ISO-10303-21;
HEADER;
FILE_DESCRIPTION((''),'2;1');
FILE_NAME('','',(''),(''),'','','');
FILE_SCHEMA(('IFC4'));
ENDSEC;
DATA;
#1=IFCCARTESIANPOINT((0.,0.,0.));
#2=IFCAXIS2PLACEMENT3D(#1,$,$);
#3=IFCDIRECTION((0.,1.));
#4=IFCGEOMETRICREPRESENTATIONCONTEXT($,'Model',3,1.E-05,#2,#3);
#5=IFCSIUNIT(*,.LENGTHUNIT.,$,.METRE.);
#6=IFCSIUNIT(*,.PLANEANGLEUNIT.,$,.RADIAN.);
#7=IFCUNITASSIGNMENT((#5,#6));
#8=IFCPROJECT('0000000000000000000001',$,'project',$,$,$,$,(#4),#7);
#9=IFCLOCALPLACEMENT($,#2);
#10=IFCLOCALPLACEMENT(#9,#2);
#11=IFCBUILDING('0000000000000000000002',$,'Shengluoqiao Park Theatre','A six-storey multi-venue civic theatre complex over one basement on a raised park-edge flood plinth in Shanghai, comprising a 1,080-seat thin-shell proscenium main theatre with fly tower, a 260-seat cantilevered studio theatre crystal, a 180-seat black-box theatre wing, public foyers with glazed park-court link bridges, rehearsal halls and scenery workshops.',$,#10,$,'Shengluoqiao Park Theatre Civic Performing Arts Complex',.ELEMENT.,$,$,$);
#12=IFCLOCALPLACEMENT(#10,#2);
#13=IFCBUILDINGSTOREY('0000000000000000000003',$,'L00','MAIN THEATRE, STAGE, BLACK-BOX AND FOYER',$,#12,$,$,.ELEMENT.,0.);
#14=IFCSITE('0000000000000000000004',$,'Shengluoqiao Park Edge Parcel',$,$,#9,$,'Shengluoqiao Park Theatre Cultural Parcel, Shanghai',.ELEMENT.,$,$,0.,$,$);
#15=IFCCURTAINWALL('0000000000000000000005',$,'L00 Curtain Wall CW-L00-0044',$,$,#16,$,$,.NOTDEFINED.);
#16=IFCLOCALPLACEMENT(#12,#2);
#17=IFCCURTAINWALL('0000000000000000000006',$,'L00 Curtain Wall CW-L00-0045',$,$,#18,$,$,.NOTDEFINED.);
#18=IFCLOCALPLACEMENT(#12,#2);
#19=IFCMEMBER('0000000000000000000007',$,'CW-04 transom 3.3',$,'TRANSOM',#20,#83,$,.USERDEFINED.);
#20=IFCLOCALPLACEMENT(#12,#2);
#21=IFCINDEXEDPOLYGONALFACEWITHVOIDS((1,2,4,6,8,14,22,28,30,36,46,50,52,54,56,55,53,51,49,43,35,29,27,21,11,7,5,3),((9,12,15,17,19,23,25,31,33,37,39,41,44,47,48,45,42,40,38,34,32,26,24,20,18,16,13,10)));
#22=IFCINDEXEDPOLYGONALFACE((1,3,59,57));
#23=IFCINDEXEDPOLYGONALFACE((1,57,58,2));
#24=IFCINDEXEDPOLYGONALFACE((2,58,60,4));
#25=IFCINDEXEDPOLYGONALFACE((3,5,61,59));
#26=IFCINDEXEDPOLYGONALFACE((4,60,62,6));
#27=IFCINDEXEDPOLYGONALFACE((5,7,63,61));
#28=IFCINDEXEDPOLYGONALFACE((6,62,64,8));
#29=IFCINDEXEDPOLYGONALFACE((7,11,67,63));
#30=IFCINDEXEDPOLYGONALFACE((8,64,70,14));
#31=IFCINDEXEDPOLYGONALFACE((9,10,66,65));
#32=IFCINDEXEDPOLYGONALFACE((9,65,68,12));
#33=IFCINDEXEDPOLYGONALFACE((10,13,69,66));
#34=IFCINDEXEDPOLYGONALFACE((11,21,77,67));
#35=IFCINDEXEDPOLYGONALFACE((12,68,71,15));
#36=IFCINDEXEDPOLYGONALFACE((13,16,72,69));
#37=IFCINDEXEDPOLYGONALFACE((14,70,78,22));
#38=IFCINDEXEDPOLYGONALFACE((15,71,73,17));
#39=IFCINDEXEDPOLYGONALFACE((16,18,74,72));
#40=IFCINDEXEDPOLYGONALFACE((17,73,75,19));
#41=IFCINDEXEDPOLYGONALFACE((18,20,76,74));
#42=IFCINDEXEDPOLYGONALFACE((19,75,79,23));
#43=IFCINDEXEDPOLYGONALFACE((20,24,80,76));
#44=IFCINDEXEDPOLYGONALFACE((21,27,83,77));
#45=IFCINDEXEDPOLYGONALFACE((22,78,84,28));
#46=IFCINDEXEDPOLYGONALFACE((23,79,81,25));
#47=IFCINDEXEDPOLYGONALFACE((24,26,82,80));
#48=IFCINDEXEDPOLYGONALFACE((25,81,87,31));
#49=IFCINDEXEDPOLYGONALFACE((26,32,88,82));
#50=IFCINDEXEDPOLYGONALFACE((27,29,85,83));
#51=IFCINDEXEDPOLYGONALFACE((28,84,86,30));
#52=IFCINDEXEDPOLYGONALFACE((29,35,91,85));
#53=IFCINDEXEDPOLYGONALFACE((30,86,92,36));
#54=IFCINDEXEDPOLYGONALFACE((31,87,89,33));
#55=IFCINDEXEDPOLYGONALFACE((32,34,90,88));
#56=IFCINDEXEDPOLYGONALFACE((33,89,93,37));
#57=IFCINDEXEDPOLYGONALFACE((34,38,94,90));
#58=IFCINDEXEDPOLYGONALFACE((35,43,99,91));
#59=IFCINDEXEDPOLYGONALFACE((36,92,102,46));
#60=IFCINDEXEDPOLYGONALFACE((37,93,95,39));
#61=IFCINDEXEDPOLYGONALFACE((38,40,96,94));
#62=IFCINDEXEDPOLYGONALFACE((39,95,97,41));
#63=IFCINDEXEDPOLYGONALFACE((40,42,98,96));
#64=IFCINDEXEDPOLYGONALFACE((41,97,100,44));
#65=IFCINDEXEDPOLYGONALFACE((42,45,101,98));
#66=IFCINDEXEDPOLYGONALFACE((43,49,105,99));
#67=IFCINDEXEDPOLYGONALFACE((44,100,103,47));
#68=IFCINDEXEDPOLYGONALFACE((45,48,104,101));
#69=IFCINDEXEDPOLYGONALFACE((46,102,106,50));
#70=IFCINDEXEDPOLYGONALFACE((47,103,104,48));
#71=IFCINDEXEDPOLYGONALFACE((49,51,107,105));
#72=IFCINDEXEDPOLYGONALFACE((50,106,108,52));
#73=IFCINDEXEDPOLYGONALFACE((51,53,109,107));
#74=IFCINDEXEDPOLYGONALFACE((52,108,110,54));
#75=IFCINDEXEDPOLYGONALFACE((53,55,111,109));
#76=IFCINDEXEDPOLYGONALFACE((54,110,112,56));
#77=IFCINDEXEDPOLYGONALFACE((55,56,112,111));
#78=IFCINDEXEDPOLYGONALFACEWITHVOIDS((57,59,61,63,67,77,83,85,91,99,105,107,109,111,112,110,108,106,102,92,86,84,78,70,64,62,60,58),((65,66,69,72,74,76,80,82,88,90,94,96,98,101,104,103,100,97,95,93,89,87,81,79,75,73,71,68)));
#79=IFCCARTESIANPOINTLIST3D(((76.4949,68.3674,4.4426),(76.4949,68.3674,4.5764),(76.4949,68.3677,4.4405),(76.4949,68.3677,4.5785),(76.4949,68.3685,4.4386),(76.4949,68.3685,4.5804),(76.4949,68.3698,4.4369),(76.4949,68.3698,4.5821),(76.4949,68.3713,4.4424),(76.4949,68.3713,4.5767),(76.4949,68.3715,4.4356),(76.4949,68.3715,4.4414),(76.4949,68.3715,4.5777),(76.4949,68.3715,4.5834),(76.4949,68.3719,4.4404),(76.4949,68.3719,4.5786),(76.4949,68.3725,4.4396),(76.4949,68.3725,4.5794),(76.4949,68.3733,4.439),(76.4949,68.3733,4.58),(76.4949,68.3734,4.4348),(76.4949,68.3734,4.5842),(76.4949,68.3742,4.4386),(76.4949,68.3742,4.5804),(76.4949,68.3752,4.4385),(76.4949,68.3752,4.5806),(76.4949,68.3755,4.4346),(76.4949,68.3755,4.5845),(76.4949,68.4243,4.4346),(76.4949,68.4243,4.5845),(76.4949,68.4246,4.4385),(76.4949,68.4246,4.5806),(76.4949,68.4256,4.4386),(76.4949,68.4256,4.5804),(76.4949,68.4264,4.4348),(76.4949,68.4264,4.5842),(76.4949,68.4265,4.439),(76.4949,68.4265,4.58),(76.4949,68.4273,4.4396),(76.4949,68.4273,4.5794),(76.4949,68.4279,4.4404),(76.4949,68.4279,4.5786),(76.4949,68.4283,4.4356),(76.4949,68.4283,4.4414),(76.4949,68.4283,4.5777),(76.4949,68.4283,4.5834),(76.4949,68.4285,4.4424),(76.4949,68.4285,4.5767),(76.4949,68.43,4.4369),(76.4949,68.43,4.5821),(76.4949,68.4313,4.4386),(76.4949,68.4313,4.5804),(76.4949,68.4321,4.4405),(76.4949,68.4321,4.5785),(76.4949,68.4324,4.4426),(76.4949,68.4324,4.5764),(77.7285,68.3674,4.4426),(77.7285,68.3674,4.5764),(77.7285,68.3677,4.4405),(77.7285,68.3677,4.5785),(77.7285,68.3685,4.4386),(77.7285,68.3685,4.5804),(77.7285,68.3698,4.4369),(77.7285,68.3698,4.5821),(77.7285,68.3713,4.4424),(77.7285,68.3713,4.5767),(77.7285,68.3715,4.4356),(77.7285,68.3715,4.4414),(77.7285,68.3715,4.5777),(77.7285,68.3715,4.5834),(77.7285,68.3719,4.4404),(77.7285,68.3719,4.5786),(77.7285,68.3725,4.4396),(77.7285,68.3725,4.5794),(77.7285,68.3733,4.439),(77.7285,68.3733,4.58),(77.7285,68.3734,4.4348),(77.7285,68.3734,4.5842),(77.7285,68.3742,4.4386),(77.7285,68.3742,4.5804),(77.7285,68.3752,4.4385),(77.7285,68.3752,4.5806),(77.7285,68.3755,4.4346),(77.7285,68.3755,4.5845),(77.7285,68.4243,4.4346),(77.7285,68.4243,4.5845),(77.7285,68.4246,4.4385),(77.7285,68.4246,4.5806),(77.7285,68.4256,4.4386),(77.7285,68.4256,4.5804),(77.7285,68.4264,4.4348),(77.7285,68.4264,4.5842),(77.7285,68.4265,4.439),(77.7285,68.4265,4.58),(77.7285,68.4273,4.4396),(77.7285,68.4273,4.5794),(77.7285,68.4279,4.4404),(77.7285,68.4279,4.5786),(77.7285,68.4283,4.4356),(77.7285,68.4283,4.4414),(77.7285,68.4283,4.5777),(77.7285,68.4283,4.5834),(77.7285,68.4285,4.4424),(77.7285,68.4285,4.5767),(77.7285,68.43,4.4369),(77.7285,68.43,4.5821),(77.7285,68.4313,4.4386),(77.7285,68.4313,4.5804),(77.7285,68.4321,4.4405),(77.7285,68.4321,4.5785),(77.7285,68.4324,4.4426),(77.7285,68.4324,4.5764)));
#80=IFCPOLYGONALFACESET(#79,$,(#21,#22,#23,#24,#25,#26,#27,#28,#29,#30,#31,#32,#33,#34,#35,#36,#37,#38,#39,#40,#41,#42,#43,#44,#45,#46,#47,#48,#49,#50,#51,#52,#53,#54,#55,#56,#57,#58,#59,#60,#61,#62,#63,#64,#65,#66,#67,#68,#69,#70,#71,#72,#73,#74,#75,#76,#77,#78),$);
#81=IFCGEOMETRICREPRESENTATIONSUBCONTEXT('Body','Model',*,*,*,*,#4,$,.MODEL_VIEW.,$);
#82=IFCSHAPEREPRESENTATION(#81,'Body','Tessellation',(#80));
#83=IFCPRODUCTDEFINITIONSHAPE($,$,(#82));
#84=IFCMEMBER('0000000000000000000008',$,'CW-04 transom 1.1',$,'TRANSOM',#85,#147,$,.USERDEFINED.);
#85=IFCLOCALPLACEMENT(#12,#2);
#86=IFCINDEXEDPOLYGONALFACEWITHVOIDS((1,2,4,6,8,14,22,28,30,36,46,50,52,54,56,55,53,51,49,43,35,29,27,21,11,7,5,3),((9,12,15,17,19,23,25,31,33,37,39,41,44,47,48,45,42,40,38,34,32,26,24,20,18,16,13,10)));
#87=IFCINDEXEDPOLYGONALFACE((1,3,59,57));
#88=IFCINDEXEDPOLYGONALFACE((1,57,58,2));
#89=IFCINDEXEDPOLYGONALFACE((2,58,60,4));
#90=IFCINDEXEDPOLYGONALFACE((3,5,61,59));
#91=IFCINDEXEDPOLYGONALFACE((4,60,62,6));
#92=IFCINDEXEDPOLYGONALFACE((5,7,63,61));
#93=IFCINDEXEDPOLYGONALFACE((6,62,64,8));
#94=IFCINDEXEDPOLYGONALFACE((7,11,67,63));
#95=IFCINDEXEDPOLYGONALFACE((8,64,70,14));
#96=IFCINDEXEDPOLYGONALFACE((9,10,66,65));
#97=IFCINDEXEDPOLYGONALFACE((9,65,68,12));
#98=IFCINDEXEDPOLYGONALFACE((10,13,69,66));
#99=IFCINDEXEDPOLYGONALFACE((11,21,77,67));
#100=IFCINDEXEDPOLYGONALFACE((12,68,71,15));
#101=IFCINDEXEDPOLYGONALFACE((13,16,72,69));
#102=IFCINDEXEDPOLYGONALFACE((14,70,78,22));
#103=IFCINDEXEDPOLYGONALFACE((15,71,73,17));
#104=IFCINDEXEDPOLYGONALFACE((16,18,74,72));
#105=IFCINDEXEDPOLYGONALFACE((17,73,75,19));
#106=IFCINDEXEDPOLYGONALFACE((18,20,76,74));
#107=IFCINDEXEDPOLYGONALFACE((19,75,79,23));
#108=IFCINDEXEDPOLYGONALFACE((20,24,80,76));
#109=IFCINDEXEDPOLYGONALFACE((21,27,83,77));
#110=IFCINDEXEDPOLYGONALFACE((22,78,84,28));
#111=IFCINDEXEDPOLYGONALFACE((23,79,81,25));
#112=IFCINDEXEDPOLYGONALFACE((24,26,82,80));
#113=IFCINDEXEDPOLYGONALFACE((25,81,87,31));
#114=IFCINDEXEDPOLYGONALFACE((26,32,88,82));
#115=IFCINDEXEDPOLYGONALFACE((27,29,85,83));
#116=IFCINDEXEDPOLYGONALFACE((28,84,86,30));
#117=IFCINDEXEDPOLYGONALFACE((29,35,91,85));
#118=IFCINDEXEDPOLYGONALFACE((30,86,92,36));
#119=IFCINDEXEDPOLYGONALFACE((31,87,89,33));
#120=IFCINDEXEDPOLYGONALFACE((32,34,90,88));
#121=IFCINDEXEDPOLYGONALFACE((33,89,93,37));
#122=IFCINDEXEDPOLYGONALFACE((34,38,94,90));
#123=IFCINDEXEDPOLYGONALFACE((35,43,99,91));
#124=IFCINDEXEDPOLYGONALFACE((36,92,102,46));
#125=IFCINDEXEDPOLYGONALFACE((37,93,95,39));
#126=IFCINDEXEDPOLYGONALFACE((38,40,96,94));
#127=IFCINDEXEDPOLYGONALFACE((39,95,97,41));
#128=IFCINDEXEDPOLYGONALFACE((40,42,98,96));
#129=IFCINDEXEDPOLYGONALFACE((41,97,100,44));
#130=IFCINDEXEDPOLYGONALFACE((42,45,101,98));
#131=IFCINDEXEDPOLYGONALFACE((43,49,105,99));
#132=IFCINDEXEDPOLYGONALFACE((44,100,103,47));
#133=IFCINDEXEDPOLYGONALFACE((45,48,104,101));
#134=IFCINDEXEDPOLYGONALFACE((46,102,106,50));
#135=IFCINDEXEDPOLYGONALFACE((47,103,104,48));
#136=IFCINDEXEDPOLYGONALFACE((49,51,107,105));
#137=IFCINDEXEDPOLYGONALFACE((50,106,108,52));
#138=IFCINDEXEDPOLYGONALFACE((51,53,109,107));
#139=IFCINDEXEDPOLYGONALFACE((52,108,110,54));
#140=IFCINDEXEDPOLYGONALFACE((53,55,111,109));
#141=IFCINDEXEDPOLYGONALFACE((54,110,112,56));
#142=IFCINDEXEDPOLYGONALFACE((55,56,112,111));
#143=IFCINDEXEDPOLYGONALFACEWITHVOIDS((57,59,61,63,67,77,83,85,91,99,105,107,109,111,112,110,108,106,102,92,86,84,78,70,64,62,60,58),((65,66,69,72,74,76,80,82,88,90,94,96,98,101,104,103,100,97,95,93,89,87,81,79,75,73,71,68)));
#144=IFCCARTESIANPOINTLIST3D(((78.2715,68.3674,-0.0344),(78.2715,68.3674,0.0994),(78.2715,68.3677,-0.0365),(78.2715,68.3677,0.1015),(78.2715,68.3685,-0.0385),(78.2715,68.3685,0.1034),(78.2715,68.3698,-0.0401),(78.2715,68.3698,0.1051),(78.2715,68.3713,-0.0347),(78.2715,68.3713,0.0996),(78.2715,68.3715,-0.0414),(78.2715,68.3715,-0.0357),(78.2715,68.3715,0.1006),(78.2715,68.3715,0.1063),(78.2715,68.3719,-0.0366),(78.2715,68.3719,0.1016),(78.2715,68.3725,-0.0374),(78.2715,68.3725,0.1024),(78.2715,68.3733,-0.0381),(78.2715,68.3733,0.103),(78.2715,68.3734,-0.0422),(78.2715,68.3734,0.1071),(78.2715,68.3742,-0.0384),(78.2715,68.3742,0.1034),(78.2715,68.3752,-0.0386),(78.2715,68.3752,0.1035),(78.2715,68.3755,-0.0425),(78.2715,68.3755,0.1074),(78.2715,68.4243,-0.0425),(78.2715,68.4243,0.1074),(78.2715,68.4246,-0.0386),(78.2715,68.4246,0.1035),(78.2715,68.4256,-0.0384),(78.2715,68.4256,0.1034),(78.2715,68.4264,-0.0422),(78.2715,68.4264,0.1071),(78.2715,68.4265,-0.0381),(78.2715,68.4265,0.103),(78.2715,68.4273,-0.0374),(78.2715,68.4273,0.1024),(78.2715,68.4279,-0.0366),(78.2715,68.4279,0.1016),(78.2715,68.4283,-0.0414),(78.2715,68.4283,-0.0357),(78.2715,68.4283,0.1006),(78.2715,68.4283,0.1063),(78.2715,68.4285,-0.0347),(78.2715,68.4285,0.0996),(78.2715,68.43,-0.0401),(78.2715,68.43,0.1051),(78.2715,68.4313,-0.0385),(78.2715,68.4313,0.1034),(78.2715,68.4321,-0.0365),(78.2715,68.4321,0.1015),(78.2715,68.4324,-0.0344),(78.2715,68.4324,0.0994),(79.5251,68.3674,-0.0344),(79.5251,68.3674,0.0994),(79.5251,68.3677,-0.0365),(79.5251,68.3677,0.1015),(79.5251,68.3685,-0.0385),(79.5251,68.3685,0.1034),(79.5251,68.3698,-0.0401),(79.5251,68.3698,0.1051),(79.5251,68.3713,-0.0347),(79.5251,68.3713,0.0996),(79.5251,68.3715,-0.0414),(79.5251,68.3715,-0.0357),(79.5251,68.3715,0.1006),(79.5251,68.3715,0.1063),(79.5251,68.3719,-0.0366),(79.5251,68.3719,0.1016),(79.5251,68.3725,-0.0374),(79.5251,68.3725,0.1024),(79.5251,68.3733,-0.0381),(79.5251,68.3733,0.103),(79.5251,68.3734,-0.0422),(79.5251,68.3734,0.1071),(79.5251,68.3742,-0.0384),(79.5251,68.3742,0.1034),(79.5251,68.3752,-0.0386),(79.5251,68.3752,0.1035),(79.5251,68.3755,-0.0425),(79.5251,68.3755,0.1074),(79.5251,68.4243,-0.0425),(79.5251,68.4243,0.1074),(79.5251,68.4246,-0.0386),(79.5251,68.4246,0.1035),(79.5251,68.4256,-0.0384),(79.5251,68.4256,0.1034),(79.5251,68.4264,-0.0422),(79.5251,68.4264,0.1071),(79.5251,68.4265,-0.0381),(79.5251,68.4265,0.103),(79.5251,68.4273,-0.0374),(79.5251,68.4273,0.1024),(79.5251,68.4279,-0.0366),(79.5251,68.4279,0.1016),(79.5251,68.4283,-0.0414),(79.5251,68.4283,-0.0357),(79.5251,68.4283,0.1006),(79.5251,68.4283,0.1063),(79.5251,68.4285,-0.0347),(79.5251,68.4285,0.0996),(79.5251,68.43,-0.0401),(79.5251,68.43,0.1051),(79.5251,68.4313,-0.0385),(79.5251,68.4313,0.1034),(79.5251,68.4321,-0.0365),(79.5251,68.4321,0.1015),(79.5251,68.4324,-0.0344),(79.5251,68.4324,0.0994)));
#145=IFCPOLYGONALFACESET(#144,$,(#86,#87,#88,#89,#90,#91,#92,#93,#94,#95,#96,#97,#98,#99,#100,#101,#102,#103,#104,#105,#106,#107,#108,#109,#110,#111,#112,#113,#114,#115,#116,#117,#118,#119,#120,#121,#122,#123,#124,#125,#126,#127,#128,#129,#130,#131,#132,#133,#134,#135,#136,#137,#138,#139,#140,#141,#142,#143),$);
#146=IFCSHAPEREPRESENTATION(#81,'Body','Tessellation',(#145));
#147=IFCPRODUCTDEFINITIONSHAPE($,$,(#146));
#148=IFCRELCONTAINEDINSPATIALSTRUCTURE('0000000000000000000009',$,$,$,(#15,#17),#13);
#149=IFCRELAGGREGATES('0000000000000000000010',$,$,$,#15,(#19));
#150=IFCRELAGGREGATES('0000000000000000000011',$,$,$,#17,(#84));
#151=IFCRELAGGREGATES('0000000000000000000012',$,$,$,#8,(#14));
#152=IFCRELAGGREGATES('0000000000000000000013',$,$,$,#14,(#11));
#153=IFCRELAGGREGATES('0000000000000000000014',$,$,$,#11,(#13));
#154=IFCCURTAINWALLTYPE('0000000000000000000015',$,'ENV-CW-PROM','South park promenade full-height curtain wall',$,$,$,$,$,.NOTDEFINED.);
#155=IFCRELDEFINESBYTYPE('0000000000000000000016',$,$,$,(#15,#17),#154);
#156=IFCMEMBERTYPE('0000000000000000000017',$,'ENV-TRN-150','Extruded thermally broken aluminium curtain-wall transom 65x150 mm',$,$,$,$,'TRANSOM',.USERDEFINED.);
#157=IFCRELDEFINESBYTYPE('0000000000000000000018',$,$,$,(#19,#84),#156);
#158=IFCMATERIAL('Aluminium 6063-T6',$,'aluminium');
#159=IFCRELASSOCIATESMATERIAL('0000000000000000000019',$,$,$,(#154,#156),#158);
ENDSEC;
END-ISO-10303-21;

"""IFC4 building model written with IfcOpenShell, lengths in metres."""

from ifc_helpers import new_model, si_unit, direction, frame, origin, origin_2d, place, context, subcontext, project, spatial, hollow_rectangle, extrude, material, material_profile, profile_set, type_object, element, aggregate, save


model = new_model("IFC4")

# Units and contexts
model_context = context("Model", 3, precision=1e-05, world=origin(), true_north=direction((0.0, 1.0)))
body_context = subcontext(model_context, "Body", "Model", "MODEL_VIEW")
ifc_project = project(units=[si_unit("LENGTHUNIT", "METRE"), si_unit("PLANEANGLEUNIT", "RADIAN")], contexts=[model_context])

# Site, building, storey
site_placement = place(None, origin())
site = spatial("IfcSite", under=ifc_project, at=site_placement, Name="Shengluoqiao Park Edge Parcel", LongName="Shengluoqiao Park Theatre Cultural Parcel, Shanghai", CompositionType="ELEMENT", RefElevation=0.0)
building_placement = place(site_placement, origin())
building = spatial("IfcBuilding", under=site, at=building_placement, Name="Shengluoqiao Park Theatre", Description="A six-storey multi-venue civic theatre complex over one basement on a raised park-edge flood plinth in Shanghai, comprising a 1,080-seat thin-shell proscenium main theatre with fly tower, a 260-seat cantilevered studio theatre crystal, a 180-seat black-box theatre wing, public foyers with glazed park-court link bridges, rehearsal halls and scenery workshops.", LongName="Shengluoqiao Park Theatre Civic Performing Arts Complex", CompositionType="ELEMENT")
storey_placement = place(building_placement, origin())
storey = spatial("IfcBuildingStorey", under=building, at=storey_placement, Name="L00", Description="MAIN THEATRE, STAGE, BLACK-BOX AND FOYER", CompositionType="ELEMENT", Elevation=0.0)

# Shared definitions
ifc_material_1 = material(Name="Aluminium 6063-T6", Category="aluminium")
curtain_wall_type = type_object("IfcCurtainWallType", Name="ENV-CW-PROM", Description="South park promenade full-height curtain wall", PredefinedType="NOTDEFINED", material=ifc_material_1)

# Curtain walls
curtain_wall_1_placement = place(storey_placement, origin())
curtain_wall_1 = element("IfcCurtainWall", 1, at=curtain_wall_1_placement, inside=storey, type_object=curtain_wall_type, Name="L00 Curtain Wall CW-L00-0044", PredefinedType="NOTDEFINED")
curtain_wall_2_placement = place(storey_placement, origin())
curtain_wall_2 = element("IfcCurtainWall", 2, at=curtain_wall_2_placement, inside=storey, type_object=curtain_wall_type, Name="L00 Curtain Wall CW-L00-0045", PredefinedType="NOTDEFINED")

# Members
ifc_material_profile_1 = material_profile(ifc_material_1, hollow_rectangle(XDim=0.0649, YDim=0.1499, WallThickness=0.0039, InnerFilletRadius=0.0039, OuterFilletRadius=0.0081, at=origin_2d()), Name="ALU TRANSOM 150x65x4")
ifc_profile_set_1 = profile_set([ifc_material_profile_1], Name="Aluminium 6063-T6")
member_type_1 = type_object("IfcMemberType", Name="ENV-TRN-150", Description="Extruded thermally broken aluminium curtain-wall transom 65x150 mm", ElementType="TRANSOM", PredefinedType="USERDEFINED", material=ifc_profile_set_1)
member_1_placement = place(storey_placement, frame((76.4949, 68.3999, 4.5095), z_axis=(1.0, 0.0, 0.0), x_axis=(0.0, 1.0, 0.0)))
member_1 = element("IfcMember", 3, at=member_1_placement, type_object=member_type_1, Name="CW-04 transom 3.3", ObjectType="TRANSOM", PredefinedType="USERDEFINED", context=body_context, shape_type="SweptSolid", body=[
    extrude(hollow_rectangle(XDim=0.0649, YDim=0.1499, WallThickness=0.0039, InnerFilletRadius=0.0039, OuterFilletRadius=0.0081, at=origin_2d()), origin(), (0.0, 0.0, 1.0), 1.2336),
])
member_2_placement = place(storey_placement, frame((78.2715, 68.3999, 0.0325), z_axis=(1.0, 0.0, 0.0), x_axis=(0.0, 1.0, 0.0)))
member_2 = element("IfcMember", 4, at=member_2_placement, type_object=member_type_1, Name="CW-04 transom 1.1", ObjectType="TRANSOM", PredefinedType="USERDEFINED", context=body_context, shape_type="SweptSolid", body=[
    extrude(hollow_rectangle(XDim=0.0649, YDim=0.1499, WallThickness=0.0039, InnerFilletRadius=0.0039, OuterFilletRadius=0.0081, at=origin_2d()), origin(), (0.0, 0.0, 1.0), 1.2537),
])

aggregate(curtain_wall_1, [member_1])
aggregate(curtain_wall_2, [member_2])

save(model, "model.ifc")
